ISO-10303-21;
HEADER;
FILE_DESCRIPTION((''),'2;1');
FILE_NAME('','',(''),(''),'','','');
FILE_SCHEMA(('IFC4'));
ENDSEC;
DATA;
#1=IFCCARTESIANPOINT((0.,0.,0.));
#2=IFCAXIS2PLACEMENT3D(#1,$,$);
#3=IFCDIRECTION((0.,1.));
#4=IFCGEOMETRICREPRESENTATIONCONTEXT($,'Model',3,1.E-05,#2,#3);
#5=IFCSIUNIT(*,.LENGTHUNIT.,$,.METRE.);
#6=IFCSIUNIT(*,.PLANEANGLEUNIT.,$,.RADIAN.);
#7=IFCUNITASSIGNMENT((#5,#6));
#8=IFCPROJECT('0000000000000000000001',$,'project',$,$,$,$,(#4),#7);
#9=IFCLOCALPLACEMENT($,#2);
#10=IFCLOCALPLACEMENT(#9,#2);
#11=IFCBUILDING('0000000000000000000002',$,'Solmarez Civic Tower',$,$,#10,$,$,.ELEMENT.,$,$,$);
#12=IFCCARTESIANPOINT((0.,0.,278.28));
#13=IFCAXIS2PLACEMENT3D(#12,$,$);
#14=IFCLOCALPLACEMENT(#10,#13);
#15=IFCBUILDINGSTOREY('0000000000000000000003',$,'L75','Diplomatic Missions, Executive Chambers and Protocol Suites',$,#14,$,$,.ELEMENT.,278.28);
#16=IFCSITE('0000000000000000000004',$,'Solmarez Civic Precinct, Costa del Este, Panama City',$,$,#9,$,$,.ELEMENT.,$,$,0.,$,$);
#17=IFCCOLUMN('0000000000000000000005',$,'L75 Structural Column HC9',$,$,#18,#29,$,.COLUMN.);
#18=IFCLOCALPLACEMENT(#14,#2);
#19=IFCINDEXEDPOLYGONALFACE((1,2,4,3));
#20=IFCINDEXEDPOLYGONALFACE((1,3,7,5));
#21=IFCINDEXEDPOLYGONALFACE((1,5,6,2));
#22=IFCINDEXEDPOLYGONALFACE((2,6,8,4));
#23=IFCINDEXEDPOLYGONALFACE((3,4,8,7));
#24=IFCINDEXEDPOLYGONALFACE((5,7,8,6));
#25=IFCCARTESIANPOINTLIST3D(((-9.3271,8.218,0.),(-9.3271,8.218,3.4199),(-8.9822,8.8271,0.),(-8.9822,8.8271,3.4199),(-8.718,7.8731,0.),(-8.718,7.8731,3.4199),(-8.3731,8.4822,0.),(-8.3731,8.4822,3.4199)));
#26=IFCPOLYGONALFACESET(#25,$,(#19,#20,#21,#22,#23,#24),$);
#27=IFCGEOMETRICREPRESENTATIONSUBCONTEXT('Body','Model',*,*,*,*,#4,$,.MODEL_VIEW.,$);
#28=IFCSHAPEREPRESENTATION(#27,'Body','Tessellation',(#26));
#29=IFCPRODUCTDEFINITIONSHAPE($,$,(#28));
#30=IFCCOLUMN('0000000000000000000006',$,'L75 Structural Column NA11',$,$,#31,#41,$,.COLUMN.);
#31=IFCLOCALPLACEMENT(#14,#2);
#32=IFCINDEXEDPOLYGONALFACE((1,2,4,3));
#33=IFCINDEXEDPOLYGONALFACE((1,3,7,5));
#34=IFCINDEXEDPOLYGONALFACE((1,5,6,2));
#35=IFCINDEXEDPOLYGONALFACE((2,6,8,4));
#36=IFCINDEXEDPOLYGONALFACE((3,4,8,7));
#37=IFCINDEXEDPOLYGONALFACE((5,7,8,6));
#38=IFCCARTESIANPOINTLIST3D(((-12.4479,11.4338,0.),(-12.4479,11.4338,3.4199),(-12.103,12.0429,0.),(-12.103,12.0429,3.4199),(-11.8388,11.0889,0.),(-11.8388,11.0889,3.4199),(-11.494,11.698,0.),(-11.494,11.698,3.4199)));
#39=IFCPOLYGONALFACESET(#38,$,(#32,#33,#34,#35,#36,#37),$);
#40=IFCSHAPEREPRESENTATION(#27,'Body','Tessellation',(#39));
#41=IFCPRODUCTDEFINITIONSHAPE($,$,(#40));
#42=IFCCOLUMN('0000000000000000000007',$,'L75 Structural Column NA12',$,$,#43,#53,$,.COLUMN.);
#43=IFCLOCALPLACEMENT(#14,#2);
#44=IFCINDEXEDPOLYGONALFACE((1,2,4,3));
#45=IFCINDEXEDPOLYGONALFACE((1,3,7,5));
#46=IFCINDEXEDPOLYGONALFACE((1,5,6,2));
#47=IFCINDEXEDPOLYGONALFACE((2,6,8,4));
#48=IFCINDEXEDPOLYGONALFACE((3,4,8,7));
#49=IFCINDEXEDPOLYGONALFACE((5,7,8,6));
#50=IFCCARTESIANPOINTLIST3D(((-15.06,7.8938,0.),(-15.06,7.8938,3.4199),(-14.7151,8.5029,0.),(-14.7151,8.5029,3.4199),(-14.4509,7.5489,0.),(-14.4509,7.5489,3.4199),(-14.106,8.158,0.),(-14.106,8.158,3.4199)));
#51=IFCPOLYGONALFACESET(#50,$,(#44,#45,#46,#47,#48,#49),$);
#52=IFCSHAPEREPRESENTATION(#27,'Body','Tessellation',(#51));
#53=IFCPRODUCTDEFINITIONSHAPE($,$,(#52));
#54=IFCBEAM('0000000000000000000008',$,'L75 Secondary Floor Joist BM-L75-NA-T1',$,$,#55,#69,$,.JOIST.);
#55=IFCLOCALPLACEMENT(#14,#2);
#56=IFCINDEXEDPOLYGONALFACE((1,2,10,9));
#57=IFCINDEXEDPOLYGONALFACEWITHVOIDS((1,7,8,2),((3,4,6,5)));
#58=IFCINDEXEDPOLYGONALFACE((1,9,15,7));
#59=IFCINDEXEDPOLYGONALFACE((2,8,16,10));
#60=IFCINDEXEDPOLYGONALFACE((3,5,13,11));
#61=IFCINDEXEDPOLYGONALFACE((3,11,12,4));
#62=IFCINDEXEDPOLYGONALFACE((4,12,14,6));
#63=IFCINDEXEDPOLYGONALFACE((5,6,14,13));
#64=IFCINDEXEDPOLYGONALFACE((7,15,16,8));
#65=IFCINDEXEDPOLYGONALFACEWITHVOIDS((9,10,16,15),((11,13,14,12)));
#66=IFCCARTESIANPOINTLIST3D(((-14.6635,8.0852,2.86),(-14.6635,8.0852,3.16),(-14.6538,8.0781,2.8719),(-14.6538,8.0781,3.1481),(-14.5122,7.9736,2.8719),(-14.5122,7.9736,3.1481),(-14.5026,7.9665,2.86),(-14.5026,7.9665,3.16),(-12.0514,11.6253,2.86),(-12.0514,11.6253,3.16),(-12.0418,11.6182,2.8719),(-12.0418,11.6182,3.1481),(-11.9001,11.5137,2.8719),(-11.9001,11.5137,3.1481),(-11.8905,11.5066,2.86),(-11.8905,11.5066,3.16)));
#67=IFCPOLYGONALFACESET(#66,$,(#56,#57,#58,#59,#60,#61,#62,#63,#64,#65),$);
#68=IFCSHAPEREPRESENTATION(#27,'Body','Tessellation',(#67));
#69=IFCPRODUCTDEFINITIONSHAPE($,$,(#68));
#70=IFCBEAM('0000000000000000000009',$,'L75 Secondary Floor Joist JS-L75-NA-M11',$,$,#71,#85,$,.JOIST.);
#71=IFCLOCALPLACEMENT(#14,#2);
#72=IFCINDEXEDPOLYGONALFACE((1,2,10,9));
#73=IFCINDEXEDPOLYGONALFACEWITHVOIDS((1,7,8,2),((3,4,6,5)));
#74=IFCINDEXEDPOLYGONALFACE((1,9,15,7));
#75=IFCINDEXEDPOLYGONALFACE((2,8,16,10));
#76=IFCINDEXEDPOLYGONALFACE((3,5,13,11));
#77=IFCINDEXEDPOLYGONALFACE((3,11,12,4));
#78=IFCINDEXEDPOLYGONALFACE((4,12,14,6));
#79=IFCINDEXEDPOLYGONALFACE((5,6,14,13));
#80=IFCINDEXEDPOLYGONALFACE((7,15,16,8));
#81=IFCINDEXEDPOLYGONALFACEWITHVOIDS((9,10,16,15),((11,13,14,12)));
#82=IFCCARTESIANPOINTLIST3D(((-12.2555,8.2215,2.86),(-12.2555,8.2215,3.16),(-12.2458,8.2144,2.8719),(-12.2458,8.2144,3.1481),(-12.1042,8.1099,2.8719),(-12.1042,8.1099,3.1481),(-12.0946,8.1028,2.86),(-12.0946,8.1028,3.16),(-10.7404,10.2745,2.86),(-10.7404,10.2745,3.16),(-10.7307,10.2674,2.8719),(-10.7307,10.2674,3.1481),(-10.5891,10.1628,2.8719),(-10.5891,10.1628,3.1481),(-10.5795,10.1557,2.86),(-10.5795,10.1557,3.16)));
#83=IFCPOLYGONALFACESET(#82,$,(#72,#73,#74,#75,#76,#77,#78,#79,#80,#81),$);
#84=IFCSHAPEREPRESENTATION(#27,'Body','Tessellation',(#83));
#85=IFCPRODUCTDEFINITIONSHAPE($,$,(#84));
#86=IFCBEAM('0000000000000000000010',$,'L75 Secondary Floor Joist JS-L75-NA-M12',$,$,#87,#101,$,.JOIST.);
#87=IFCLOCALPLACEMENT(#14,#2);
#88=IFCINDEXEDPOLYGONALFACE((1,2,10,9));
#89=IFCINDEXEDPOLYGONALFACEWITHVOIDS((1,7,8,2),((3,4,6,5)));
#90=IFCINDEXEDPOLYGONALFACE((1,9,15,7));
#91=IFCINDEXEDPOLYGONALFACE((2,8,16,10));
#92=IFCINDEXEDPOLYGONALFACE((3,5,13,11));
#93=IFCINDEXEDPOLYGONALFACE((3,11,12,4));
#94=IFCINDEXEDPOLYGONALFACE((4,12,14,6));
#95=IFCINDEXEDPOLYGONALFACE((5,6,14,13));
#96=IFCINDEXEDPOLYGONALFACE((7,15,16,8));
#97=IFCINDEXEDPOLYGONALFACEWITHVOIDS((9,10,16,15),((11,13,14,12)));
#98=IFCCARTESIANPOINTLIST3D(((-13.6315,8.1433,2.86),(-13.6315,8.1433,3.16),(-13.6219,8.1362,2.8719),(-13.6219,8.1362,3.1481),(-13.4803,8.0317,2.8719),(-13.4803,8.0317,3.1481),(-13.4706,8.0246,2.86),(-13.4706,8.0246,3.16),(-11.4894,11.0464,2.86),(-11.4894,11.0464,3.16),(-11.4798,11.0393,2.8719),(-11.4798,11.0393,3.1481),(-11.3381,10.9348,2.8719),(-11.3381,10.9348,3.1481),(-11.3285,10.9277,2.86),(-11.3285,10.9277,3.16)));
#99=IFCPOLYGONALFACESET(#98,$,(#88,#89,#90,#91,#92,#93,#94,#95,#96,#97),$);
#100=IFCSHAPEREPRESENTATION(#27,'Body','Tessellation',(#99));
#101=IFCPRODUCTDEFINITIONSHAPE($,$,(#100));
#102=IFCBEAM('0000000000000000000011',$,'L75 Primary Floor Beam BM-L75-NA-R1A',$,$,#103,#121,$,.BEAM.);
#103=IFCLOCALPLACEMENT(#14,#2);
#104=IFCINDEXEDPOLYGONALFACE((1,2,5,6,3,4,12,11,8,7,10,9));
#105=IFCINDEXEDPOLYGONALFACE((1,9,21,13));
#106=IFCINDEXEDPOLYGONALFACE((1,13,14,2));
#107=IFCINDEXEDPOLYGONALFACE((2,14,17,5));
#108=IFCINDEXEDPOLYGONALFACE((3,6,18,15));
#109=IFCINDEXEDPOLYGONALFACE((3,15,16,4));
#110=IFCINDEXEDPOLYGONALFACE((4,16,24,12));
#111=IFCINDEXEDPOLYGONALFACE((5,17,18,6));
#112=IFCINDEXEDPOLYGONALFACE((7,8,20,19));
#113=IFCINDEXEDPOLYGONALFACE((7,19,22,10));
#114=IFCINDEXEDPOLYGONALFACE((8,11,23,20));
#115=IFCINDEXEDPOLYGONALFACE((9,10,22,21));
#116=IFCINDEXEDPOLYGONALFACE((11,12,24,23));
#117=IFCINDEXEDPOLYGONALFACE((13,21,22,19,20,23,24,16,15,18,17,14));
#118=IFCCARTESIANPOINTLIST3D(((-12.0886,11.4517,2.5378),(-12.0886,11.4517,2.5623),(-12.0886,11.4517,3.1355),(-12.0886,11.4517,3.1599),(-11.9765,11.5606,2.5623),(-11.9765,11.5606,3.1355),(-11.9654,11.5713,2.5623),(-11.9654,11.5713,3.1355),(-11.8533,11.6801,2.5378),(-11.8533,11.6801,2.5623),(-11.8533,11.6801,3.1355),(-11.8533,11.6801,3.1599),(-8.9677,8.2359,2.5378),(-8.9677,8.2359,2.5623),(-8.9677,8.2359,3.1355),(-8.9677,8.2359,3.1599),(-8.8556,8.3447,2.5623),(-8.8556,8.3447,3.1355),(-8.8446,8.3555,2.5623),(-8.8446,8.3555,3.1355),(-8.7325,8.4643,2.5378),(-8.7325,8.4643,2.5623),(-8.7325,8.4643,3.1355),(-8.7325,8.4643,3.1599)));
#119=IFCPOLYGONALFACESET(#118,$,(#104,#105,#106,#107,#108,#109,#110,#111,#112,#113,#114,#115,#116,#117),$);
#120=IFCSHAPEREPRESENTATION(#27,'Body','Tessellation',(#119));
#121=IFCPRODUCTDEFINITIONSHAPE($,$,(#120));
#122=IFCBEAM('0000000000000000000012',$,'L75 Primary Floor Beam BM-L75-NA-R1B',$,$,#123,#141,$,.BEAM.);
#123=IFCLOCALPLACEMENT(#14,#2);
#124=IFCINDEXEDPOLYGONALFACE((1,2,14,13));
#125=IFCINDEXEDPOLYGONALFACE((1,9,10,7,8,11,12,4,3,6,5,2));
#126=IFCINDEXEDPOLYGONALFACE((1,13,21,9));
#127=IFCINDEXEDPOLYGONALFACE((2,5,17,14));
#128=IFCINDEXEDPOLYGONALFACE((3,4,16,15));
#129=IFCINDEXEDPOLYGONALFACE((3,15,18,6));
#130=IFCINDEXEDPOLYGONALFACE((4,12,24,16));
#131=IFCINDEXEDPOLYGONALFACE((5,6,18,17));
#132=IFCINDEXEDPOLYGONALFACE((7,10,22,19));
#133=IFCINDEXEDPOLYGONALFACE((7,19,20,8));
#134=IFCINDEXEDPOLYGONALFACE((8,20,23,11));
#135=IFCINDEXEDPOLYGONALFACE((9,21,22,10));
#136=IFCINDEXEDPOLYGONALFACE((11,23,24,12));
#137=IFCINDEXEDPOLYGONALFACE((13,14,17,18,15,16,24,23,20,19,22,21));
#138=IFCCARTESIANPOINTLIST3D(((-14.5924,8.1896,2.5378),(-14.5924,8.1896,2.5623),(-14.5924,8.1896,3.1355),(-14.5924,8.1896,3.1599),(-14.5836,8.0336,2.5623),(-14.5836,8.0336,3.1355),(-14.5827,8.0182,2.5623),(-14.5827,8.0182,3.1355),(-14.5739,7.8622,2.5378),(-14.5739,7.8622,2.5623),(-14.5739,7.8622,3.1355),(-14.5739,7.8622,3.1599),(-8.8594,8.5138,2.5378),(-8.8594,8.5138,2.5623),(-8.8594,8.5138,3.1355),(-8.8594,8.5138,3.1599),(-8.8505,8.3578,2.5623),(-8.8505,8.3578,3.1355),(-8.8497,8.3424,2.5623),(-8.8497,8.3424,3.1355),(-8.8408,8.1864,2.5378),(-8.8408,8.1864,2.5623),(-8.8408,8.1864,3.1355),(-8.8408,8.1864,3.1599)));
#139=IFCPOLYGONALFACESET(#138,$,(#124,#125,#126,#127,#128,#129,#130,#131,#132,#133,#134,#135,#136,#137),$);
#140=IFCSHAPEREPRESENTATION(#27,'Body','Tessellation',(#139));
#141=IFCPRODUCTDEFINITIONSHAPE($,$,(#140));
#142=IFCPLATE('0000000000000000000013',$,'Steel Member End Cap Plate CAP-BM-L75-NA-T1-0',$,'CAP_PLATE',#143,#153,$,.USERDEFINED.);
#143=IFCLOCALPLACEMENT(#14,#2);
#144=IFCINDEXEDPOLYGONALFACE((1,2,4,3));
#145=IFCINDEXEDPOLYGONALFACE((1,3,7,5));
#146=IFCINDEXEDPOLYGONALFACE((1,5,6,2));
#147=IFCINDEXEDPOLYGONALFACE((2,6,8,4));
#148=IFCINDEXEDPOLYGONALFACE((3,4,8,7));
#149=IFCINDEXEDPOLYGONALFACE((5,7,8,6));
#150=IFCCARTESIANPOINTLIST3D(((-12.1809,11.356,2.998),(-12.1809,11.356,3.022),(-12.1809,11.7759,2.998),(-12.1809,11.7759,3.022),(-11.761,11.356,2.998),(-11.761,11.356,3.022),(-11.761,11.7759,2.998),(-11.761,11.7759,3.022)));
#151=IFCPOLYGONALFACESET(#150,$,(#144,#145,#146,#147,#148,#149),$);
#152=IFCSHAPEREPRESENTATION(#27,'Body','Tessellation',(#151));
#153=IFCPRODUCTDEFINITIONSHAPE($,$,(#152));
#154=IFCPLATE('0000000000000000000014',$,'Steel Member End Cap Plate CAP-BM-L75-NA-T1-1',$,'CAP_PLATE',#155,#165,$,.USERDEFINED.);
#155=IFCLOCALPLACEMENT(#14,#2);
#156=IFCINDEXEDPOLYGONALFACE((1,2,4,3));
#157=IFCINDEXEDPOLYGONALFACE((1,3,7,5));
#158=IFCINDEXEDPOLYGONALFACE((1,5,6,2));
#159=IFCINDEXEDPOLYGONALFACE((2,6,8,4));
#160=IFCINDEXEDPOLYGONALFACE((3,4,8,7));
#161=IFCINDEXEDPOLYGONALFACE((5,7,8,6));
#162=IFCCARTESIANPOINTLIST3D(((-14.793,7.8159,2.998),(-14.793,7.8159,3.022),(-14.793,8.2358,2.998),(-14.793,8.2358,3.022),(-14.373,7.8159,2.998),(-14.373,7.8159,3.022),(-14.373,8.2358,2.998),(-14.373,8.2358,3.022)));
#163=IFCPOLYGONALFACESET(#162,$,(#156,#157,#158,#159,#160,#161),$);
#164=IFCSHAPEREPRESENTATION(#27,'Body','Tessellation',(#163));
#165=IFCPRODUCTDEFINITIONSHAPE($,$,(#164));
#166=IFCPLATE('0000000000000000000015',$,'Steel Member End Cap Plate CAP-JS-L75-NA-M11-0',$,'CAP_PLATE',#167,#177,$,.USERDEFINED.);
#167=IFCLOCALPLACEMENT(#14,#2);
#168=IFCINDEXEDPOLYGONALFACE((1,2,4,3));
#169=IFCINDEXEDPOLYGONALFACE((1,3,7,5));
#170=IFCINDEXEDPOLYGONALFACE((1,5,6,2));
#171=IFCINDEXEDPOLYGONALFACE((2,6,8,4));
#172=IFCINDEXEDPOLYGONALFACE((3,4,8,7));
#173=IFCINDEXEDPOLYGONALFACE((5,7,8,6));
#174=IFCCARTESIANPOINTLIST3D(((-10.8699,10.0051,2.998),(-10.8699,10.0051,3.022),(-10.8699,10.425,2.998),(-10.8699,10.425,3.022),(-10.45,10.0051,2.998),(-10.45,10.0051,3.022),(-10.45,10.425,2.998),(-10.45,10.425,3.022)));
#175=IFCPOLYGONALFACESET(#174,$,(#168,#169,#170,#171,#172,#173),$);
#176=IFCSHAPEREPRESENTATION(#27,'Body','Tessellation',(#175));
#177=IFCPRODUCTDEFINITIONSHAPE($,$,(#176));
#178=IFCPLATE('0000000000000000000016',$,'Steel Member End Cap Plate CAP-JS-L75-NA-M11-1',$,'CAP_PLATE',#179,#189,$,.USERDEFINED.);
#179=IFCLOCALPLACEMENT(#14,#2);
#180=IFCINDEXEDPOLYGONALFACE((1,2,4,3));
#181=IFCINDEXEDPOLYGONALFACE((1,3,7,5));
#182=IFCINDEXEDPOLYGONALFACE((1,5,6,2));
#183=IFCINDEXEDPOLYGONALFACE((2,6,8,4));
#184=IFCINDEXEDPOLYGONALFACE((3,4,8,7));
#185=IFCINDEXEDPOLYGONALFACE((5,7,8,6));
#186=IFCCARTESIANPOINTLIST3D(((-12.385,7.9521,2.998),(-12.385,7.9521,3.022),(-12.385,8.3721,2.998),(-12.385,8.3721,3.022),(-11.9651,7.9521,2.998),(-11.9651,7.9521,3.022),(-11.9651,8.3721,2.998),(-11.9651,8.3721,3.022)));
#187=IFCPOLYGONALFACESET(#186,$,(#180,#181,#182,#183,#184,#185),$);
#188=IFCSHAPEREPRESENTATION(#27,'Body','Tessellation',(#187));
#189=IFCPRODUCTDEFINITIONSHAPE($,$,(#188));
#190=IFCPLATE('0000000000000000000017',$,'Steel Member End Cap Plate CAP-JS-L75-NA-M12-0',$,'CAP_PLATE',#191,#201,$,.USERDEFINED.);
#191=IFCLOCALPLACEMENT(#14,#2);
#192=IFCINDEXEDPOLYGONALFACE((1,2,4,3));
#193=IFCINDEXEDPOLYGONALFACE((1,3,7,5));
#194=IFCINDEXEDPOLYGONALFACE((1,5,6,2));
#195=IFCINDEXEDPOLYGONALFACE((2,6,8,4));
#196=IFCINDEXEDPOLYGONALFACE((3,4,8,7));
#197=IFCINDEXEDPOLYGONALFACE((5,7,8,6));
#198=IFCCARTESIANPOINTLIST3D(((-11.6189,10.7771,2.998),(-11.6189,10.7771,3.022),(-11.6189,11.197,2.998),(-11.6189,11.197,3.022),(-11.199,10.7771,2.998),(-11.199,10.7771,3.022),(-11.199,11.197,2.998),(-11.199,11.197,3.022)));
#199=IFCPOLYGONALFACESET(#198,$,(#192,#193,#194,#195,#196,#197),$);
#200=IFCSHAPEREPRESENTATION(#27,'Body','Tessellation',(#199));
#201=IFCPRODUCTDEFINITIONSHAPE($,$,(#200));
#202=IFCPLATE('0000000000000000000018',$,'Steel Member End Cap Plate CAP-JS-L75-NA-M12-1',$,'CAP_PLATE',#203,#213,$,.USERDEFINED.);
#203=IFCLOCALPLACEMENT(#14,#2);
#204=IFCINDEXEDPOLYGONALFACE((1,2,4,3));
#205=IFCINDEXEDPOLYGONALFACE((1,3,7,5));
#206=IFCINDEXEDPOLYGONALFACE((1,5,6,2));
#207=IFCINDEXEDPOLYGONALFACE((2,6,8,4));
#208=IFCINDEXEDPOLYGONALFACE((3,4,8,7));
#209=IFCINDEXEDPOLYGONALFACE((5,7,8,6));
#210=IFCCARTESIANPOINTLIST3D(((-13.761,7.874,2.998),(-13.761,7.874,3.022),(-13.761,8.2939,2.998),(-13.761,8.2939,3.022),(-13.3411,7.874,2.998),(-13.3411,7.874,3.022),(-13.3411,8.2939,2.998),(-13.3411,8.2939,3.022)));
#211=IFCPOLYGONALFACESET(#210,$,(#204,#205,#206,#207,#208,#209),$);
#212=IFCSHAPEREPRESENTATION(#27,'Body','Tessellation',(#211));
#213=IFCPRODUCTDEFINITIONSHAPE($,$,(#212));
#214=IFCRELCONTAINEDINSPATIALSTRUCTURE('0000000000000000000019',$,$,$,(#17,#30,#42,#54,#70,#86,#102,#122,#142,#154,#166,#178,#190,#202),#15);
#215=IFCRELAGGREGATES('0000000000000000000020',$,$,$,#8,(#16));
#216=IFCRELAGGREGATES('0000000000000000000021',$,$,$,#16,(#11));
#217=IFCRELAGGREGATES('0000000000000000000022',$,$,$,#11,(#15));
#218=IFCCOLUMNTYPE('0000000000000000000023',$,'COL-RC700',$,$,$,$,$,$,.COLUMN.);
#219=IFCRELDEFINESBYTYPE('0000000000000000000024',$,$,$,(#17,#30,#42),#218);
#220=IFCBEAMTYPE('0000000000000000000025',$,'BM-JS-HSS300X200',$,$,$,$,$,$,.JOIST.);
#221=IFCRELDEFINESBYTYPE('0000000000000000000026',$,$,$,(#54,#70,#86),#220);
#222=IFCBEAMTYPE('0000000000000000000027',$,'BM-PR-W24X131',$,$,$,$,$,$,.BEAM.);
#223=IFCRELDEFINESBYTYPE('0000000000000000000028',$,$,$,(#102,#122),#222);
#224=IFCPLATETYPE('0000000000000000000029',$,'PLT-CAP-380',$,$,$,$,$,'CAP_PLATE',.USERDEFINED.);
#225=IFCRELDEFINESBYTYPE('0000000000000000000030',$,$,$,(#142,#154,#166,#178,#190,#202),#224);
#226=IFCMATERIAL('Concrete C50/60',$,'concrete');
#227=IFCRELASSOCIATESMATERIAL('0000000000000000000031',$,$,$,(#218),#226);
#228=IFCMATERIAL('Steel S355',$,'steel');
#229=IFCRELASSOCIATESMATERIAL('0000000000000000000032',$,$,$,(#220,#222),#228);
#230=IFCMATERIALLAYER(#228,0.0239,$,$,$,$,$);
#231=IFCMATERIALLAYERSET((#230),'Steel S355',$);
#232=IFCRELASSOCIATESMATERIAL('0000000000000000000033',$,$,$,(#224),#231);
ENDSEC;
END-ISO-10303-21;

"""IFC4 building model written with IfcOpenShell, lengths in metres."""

from ifc_helpers import new_model, si_unit, direction, frame, origin, origin_2d, place, context, subcontext, project, spatial, rectangle, hollow_rectangle, i_section, extrude, material, layer, layer_set, material_profile, profile_set, type_object, element, save


model = new_model("IFC4")

# Units and contexts
model_context = context("Model", 3, precision=1e-05, world=origin(), true_north=direction((0.0, 1.0)))
body_context = subcontext(model_context, "Body", "Model", "MODEL_VIEW")
ifc_project = project(units=[si_unit("LENGTHUNIT", "METRE"), si_unit("PLANEANGLEUNIT", "RADIAN")], contexts=[model_context])

# Site, building, storey
site_placement = place(None, origin())
site = spatial("IfcSite", under=ifc_project, at=site_placement, Name="Solmarez Civic Precinct, Costa del Este, Panama City", CompositionType="ELEMENT", RefElevation=0.0)
building_placement = place(site_placement, origin())
building = spatial("IfcBuilding", under=site, at=building_placement, Name="Solmarez Civic Tower", CompositionType="ELEMENT")
storey_placement = place(building_placement, frame((0.0, 0.0, 278.28)))
storey = spatial("IfcBuildingStorey", under=building, at=storey_placement, Name="L75", Description="Diplomatic Missions, Executive Chambers and Protocol Suites", CompositionType="ELEMENT", Elevation=278.28)

# Columns
ifc_material_1 = material(Name="Concrete C50/60", Category="concrete")
ifc_material_profile_1 = material_profile(ifc_material_1, rectangle(XDim=0.7, YDim=0.7, at=origin_2d()), Name="RC700X700")
ifc_profile_set_1 = profile_set([ifc_material_profile_1], Name="Concrete C50/60")
column_type = type_object("IfcColumnType", Name="COL-RC700", PredefinedType="COLUMN", material=ifc_profile_set_1)
for number, where, z_axis, x_axis, name in (
    (1, (-8.8501, 8.3501, 0.0), (0.0, 0.0, 1.0), (0.492727, 0.870184, 0.0), "L75 Structural Column HC9"),
    (2, (-11.9709, 11.5659, 0.0), (0.0, 0.0, 1.0), (0.492727, 0.870184, 0.0), "L75 Structural Column NA11"),
    (3, (-14.583, 8.0259, 0.0), (0.0, 0.0, 1.0), (0.492727, 0.870184, 0.0), "L75 Structural Column NA12"),
):
    element("IfcColumn", number, at=place(storey_placement, frame(where, z_axis=z_axis, x_axis=x_axis)), inside=storey, type_object=column_type, Name=name, PredefinedType="COLUMN", context=body_context, shape_type="SweptSolid", body=[
        extrude(rectangle(XDim=0.7, YDim=0.7, at=origin_2d()), origin(), (0.0, 0.0, 1.0), 3.4199),
    ])

# Beams
ifc_material_2 = material(Name="Steel S355", Category="steel")
ifc_material_profile_2 = material_profile(ifc_material_2, hollow_rectangle(XDim=0.2, YDim=0.3, WallThickness=0.012, at=origin_2d()), Name="HSS300X200X12")
ifc_profile_set_2 = profile_set([ifc_material_profile_2], Name="Steel S355")
beam_type_1 = type_object("IfcBeamType", Name="BM-JS-HSS300X200", PredefinedType="JOIST", material=ifc_profile_set_2)
beam_1_placement = place(storey_placement, frame((-11.9709, 11.5659, 3.01), z_axis=(-0.593731, -0.804664, 0.0), x_axis=(0.804664, -0.593731, 0.0)))
element("IfcBeam", 4, at=beam_1_placement, inside=storey, type_object=beam_type_1, Name="L75 Secondary Floor Joist BM-L75-NA-T1", PredefinedType="JOIST", context=body_context, shape_type="SweptSolid", body=[
    extrude(hollow_rectangle(XDim=0.2, YDim=0.3, WallThickness=0.012, at=origin_2d()), origin(), (0.0, 0.0, 1.0), 4.3994),
])
beam_2_placement = place(storey_placement, frame((-10.6599, 10.2151, 3.01), z_axis=(-0.593812, -0.804603, 0.0), x_axis=(0.804603, -0.593812, 0.0)))
element("IfcBeam", 5, at=beam_2_placement, inside=storey, type_object=beam_type_1, Name="L75 Secondary Floor Joist JS-L75-NA-M11", PredefinedType="JOIST", context=body_context, shape_type="SweptSolid", body=[
    extrude(hollow_rectangle(XDim=0.2, YDim=0.3, WallThickness=0.012, at=origin_2d()), origin(), (0.0, 0.0, 1.0), 2.5515),
])
beam_3_placement = place(storey_placement, frame((-11.4089, 10.9871, 3.01), z_axis=(-0.593734, -0.804661, 0.0), x_axis=(0.804661, -0.593734, 0.0)))
element("IfcBeam", 6, at=beam_3_placement, inside=storey, type_object=beam_type_1, Name="L75 Secondary Floor Joist JS-L75-NA-M12", PredefinedType="JOIST", context=body_context, shape_type="SweptSolid", body=[
    extrude(hollow_rectangle(XDim=0.2, YDim=0.3, WallThickness=0.012, at=origin_2d()), origin(), (0.0, 0.0, 1.0), 3.6079),
])
ifc_material_profile_3 = material_profile(ifc_material_2, i_section(OverallWidth=0.3279, OverallDepth=0.6221, WebThickness=0.0154, FlangeThickness=0.0244, at=origin_2d()), Name="W24X131")
ifc_profile_set_3 = profile_set([ifc_material_profile_3], Name="Steel S355")
beam_type_2 = type_object("IfcBeamType", Name="BM-PR-W24X131", PredefinedType="BEAM", material=ifc_profile_set_3)
beam_4_placement = place(storey_placement, frame((-8.8501, 8.3501, 2.8489), z_axis=(-0.696431, 0.717624, 0.0), x_axis=(-0.717624, -0.696431, 0.0)))
element("IfcBeam", 7, at=beam_4_placement, inside=storey, type_object=beam_type_2, Name="L75 Primary Floor Beam BM-L75-NA-R1A", PredefinedType="BEAM", context=body_context, shape_type="SweptSolid", body=[
    extrude(i_section(OverallWidth=0.3279, OverallDepth=0.6221, WebThickness=0.0154, FlangeThickness=0.0244, at=origin_2d()), origin(), (0.0, 0.0, 1.0), 4.4812),
])
beam_5_placement = place(storey_placement, frame((-8.8501, 8.3501, 2.8489), z_axis=(-0.998405, -0.056464, 0.0), x_axis=(0.056464, -0.998405, 0.0)))
element("IfcBeam", 8, at=beam_5_placement, inside=storey, type_object=beam_type_2, Name="L75 Primary Floor Beam BM-L75-NA-R1B", PredefinedType="BEAM", context=body_context, shape_type="SweptSolid", body=[
    extrude(i_section(OverallWidth=0.3279, OverallDepth=0.6221, WebThickness=0.0154, FlangeThickness=0.0244, at=origin_2d()), origin(), (0.0, 0.0, 1.0), 5.7422),
])

# Plates
ifc_layer_1 = layer(ifc_material_2, 0.0239)
ifc_layer_set_1 = layer_set([ifc_layer_1], Name="Steel S355")
plate_type = type_object("IfcPlateType", Name="PLT-CAP-380", ElementType="CAP_PLATE", PredefinedType="USERDEFINED", material=ifc_layer_set_1)
for number, where, z_axis, x_axis, name in (
    (9, (-11.9709, 11.5659, 2.998), (0.0, 0.0, 1.0), (1.0, 0.0, 0.0), "Steel Member End Cap Plate CAP-BM-L75-NA-T1-0"),
    (10, (-14.583, 8.0259, 2.998), (0.0, 0.0, 1.0), (1.0, 0.0, 0.0), "Steel Member End Cap Plate CAP-BM-L75-NA-T1-1"),
    (11, (-10.6599, 10.2151, 2.998), (0.0, 0.0, 1.0), (1.0, 0.0, 0.0), "Steel Member End Cap Plate CAP-JS-L75-NA-M11-0"),
    (12, (-12.175, 8.1621, 2.998), (0.0, 0.0, 1.0), (1.0, 0.0, 0.0), "Steel Member End Cap Plate CAP-JS-L75-NA-M11-1"),
    (13, (-11.4089, 10.9871, 2.998), (0.0, 0.0, 1.0), (1.0, 0.0, 0.0), "Steel Member End Cap Plate CAP-JS-L75-NA-M12-0"),
    (14, (-13.551, 8.084, 2.998), (0.0, 0.0, 1.0), (1.0, 0.0, 0.0), "Steel Member End Cap Plate CAP-JS-L75-NA-M12-1"),
):
    element("IfcPlate", number, at=place(storey_placement, frame(where, z_axis=z_axis, x_axis=x_axis)), inside=storey, type_object=plate_type, Name=name, ObjectType="CAP_PLATE", PredefinedType="USERDEFINED", context=body_context, shape_type="SweptSolid", body=[
        extrude(rectangle(XDim=0.4199, YDim=0.4199, at=origin_2d()), origin(), (0.0, 0.0, 1.0), 0.0239),
    ])

save(model, "model.ifc")
